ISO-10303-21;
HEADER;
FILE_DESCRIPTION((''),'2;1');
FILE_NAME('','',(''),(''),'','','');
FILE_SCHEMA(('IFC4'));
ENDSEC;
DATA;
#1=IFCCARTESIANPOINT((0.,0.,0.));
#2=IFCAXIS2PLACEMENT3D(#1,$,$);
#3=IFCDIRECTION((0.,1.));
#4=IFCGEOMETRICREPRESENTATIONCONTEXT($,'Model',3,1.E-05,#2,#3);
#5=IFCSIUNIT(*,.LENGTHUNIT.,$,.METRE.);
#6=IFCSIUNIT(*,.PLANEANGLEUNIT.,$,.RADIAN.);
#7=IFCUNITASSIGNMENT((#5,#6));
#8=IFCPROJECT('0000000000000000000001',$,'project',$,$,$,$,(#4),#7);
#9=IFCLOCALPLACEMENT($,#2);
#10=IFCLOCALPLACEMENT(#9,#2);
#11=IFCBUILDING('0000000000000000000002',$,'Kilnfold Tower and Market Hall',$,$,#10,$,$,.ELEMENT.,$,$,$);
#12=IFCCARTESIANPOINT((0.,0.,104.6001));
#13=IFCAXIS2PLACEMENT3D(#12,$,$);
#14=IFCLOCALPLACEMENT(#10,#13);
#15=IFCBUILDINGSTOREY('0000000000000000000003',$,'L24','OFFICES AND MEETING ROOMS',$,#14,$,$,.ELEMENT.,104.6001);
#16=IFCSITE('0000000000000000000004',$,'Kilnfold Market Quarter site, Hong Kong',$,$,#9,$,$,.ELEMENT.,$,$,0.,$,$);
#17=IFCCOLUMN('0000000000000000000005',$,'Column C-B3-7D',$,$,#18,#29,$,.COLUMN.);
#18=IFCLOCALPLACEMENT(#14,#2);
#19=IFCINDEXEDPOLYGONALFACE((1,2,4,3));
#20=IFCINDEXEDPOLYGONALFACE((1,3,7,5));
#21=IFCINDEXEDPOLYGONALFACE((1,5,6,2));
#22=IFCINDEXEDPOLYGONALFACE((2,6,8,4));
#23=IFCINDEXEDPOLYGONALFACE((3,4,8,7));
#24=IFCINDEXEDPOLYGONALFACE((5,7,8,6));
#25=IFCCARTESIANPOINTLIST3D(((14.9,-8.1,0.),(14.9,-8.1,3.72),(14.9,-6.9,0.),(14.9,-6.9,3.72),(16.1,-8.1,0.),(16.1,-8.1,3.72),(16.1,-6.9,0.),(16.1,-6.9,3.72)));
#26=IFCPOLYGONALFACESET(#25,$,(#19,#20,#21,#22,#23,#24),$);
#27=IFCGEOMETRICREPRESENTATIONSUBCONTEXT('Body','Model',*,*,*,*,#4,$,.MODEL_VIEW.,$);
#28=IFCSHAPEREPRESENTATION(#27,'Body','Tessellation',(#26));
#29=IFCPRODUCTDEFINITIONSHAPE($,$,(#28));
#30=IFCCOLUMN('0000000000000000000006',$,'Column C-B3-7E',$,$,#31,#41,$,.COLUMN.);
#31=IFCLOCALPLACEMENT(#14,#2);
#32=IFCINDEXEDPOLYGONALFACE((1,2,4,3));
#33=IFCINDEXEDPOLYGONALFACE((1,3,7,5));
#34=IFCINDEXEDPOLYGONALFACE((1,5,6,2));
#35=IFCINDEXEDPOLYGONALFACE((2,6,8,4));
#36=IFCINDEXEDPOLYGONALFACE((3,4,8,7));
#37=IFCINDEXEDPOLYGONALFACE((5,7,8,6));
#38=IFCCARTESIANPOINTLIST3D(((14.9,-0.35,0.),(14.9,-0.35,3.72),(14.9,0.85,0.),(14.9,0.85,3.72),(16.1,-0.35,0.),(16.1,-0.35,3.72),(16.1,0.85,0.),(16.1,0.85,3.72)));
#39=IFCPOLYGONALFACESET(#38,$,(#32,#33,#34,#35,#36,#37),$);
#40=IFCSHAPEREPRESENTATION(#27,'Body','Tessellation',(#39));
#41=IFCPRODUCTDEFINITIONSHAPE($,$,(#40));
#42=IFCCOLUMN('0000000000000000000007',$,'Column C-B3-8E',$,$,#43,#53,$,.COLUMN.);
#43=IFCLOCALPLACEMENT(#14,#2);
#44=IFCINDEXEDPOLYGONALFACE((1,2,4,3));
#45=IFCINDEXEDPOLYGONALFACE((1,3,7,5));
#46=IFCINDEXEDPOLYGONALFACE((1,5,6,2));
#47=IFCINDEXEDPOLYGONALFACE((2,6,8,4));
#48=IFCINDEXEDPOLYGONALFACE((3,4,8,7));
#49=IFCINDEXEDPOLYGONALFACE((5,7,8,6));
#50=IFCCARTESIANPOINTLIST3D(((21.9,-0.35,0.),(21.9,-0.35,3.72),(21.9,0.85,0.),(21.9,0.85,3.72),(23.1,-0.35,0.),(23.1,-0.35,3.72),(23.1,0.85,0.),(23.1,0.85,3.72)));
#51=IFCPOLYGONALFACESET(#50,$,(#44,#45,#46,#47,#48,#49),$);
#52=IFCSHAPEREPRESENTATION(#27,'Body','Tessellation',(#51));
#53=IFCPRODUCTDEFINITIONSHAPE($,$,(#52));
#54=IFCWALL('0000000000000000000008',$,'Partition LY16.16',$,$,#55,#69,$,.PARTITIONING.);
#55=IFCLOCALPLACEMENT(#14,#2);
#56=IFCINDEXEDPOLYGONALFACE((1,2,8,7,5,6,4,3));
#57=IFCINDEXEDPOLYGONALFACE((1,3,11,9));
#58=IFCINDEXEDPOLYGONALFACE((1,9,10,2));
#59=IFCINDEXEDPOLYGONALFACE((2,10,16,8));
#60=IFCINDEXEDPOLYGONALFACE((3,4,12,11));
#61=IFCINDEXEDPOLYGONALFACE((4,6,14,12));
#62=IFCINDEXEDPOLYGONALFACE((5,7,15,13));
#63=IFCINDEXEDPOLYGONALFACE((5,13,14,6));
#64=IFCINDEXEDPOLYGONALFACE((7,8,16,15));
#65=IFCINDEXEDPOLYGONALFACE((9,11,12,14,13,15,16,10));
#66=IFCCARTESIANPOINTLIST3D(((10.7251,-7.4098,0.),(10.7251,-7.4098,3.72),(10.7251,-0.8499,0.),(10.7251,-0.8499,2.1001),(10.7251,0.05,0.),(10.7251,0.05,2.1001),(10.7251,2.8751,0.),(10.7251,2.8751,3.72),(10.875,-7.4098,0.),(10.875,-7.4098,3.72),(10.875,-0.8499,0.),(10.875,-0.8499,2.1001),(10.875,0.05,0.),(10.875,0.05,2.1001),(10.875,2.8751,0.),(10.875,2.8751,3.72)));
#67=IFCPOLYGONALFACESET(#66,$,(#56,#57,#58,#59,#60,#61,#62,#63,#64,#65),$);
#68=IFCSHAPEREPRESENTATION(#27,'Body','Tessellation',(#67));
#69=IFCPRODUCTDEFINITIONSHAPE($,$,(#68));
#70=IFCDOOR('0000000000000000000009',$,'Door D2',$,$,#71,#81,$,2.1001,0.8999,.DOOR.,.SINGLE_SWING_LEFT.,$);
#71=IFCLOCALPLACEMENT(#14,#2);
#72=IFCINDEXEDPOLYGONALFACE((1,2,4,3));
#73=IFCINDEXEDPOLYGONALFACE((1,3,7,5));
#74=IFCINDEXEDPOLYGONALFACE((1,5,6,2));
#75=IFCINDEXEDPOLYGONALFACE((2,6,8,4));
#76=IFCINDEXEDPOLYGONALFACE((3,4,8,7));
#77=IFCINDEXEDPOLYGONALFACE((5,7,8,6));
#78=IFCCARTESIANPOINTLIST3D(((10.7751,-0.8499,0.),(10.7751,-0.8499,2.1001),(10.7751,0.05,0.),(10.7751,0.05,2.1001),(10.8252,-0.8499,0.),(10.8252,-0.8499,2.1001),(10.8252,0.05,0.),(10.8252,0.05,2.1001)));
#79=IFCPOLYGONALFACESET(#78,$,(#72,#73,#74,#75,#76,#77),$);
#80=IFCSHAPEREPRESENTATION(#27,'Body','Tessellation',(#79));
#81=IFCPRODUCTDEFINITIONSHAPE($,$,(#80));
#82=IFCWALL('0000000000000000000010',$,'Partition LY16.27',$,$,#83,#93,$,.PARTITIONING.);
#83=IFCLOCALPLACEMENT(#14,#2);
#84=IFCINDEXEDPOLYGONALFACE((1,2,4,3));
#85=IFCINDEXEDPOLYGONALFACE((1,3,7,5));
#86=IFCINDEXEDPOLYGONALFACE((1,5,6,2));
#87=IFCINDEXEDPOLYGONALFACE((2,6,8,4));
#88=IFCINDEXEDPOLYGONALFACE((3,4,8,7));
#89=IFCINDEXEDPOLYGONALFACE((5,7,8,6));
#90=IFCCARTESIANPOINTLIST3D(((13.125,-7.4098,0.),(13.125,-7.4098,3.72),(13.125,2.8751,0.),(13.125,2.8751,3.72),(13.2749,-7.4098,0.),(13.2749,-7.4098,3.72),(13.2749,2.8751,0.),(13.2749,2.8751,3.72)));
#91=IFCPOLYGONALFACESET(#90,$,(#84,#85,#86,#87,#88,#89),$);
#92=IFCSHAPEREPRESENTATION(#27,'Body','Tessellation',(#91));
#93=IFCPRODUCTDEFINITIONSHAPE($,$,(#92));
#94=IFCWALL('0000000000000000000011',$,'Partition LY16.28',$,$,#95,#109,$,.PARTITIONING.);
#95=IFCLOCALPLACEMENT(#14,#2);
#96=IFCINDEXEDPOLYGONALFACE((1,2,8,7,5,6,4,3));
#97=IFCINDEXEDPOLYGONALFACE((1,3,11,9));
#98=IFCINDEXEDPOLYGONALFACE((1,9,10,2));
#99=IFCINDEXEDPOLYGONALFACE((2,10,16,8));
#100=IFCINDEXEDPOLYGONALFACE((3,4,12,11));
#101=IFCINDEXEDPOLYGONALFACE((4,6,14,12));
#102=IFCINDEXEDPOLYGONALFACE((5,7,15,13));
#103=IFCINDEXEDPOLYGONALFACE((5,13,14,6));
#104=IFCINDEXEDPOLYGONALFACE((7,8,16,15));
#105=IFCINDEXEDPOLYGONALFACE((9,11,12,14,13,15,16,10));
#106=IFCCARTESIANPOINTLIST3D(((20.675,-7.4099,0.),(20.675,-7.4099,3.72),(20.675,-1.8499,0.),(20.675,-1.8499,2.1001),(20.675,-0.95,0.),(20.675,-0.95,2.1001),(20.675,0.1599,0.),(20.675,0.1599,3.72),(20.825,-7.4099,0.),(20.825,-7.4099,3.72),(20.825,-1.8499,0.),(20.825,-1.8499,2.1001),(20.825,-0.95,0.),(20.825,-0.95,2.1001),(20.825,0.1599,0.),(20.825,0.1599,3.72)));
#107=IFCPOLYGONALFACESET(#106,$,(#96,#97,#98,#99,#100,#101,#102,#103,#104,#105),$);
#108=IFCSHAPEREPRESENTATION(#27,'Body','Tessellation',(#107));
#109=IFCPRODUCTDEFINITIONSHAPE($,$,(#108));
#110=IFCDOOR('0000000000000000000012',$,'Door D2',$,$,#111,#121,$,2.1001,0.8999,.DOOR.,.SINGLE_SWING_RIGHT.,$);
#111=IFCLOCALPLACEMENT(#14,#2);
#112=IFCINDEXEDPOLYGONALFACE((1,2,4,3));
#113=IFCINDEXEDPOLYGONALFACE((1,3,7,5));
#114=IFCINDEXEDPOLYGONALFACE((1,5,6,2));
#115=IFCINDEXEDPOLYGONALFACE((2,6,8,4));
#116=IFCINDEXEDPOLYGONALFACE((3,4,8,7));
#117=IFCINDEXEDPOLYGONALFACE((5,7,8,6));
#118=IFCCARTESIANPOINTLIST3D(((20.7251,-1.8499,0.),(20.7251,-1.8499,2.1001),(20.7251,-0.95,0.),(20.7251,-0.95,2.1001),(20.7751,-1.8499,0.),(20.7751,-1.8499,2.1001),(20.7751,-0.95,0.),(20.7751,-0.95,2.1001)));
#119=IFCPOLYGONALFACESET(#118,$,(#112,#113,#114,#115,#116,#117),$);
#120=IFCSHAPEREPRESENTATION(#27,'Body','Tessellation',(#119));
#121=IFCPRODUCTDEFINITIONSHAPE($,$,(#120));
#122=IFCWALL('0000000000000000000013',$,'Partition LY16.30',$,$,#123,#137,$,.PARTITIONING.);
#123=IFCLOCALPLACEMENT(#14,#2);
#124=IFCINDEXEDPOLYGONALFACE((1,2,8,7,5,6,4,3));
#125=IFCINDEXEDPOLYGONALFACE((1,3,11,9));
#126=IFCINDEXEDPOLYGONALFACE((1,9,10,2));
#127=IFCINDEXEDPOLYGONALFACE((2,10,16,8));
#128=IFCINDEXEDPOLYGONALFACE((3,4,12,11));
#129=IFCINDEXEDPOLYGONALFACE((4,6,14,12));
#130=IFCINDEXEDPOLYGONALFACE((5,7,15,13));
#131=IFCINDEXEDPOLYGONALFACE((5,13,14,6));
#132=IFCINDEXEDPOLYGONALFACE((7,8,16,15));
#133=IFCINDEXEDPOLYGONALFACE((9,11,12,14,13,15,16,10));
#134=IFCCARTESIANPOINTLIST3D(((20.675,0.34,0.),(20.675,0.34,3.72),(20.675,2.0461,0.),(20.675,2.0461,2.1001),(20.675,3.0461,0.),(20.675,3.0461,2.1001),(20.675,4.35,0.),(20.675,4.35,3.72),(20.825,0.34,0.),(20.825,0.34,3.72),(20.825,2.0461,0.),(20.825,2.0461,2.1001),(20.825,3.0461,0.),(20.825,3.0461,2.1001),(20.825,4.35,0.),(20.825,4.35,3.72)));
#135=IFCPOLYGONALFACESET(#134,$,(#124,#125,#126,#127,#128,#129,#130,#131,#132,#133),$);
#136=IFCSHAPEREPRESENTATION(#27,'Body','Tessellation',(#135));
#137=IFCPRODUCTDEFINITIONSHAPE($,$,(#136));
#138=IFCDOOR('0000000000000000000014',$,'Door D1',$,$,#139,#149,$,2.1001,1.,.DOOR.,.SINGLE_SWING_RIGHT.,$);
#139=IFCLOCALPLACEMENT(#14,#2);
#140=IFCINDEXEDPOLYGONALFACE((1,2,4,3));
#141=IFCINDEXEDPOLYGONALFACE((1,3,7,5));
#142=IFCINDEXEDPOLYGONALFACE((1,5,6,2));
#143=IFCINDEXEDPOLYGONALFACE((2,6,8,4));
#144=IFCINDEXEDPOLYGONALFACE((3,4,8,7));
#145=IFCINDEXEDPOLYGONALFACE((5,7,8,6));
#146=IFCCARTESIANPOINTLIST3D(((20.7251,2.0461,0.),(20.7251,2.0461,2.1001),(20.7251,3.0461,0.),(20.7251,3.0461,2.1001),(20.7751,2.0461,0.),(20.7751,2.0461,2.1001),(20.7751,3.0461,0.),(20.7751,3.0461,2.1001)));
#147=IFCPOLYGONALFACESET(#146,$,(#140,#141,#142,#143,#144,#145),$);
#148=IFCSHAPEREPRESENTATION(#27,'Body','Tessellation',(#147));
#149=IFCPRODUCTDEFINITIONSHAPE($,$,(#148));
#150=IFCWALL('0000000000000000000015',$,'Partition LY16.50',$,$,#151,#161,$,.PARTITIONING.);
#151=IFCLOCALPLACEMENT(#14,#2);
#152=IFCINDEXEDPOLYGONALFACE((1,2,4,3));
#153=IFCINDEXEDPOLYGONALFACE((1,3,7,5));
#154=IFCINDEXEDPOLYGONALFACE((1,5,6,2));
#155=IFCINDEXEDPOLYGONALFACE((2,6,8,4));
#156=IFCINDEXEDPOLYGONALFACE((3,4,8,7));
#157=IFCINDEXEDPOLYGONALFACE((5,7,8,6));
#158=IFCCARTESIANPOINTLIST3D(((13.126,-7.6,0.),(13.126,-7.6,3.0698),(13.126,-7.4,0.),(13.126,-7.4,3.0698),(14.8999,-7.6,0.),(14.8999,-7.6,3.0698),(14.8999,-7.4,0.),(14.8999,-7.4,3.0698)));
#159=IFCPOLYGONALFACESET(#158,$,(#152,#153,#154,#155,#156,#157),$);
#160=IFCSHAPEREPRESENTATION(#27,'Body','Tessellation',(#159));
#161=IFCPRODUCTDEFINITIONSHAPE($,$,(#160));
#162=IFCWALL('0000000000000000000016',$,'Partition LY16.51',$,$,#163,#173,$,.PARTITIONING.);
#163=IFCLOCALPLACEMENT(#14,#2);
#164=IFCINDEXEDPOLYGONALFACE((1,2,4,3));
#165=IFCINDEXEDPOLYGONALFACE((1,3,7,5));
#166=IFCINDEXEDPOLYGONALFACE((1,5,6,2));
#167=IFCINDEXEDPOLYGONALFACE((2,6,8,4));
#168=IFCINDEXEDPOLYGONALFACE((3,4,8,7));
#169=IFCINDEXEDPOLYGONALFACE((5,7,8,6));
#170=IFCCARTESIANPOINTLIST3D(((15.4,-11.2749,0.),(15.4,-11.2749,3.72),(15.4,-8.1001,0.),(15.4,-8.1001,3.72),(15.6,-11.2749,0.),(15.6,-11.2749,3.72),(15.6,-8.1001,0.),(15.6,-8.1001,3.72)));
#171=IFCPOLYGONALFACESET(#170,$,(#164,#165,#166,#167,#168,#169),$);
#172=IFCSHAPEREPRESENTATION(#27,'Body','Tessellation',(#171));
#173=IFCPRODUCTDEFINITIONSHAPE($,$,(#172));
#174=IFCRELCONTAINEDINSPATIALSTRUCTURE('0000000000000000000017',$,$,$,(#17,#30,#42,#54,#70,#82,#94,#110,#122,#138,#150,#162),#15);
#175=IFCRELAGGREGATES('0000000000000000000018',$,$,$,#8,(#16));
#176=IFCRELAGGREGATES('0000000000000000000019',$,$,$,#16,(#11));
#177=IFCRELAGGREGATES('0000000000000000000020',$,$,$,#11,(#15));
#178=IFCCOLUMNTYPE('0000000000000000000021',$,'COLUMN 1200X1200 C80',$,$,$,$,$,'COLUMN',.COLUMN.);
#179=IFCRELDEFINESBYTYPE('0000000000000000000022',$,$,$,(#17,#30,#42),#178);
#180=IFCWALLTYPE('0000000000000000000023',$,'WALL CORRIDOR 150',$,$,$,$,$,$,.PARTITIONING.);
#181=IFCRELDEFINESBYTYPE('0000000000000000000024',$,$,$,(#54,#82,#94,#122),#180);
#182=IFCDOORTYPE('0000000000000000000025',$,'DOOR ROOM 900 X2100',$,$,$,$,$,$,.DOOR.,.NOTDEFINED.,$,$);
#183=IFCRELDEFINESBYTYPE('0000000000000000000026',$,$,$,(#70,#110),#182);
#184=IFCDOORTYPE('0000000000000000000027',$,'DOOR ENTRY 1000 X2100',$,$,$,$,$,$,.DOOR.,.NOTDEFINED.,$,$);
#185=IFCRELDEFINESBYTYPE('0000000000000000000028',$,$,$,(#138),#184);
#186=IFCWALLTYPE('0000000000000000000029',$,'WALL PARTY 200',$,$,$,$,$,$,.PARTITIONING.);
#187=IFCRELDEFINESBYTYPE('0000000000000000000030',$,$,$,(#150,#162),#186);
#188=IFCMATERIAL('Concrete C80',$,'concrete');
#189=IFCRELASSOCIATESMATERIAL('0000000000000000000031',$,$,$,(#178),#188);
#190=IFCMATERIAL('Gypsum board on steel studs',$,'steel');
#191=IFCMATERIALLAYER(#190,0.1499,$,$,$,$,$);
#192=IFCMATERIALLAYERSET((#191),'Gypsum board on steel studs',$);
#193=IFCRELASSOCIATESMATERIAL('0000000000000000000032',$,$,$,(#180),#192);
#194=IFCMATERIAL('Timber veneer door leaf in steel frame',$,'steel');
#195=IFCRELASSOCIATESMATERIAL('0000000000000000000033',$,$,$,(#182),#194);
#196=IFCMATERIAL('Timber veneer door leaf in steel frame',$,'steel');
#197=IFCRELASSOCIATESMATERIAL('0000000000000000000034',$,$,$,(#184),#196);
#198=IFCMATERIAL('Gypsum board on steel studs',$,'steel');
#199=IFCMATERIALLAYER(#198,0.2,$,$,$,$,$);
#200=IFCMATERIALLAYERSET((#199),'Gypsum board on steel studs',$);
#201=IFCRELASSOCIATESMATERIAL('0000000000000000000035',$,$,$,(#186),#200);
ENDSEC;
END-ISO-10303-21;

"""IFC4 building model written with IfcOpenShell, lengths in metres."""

from ifc_helpers import new_model, si_unit, direction, frame, frame_2d, origin, origin_2d, place, context, subcontext, project, spatial, rectangle, extrude, source, transform, mapped, material, layer, layer_set, material_profile, profile_set, type_object, element, fill, save


model = new_model("IFC4")

# Units and contexts
model_context = context("Model", 3, precision=1e-05, world=origin(), true_north=direction((0.0, 1.0)))
body_context = subcontext(model_context, "Body", "Model", "MODEL_VIEW")
ifc_project = project(units=[si_unit("LENGTHUNIT", "METRE"), si_unit("PLANEANGLEUNIT", "RADIAN")], contexts=[model_context])

# Site, building, storey
site_placement = place(None, origin())
site = spatial("IfcSite", under=ifc_project, at=site_placement, Name="Kilnfold Market Quarter site, Hong Kong", CompositionType="ELEMENT", RefElevation=0.0)
building_placement = place(site_placement, origin())
building = spatial("IfcBuilding", under=site, at=building_placement, Name="Kilnfold Tower and Market Hall", CompositionType="ELEMENT")
storey_placement = place(building_placement, frame((0.0, 0.0, 104.6001)))
storey = spatial("IfcBuildingStorey", under=building, at=storey_placement, Name="L24", Description="OFFICES AND MEETING ROOMS", CompositionType="ELEMENT", Elevation=104.6001)

# Columns
ifc_material_1 = material(Name="Concrete C80", Category="concrete")
ifc_material_profile = material_profile(ifc_material_1, rectangle(XDim=1.2, YDim=1.2, at=origin_2d()), Name="RC 1200x1200")
ifc_profile_set = profile_set([ifc_material_profile], Name="Concrete C80")
column_type = type_object("IfcColumnType", Name="COLUMN 1200X1200 C80", ElementType="COLUMN", PredefinedType="COLUMN", material=ifc_profile_set)
shared_shape_1 = source(origin(), body_context, "Body", "SweptSolid", [
    extrude(rectangle(XDim=1.2, YDim=1.2, at=origin_2d()), origin(), (0.0, 0.0, 1.0), 3.72),
])
for number, where, z_axis, x_axis, name in (
    (1, (15.5, -7.5, 0.0), (0.0, 0.0, 1.0), (1.0, 0.0, 0.0), "Column C-B3-7D"),
    (2, (15.5, 0.25, 0.0), (0.0, 0.0, 1.0), (1.0, 0.0, 0.0), "Column C-B3-7E"),
    (3, (22.5, 0.25, 0.0), (0.0, 0.0, 1.0), (1.0, 0.0, 0.0), "Column C-B3-8E"),
):
    element("IfcColumn", number, at=place(storey_placement, frame(where, z_axis=z_axis, x_axis=x_axis)), inside=storey, type_object=column_type, Name=name, PredefinedType="COLUMN", context=body_context, shape_type="MappedRepresentation", body=[
        mapped(shared_shape_1, transform((0.0, 0.0, 0.0))),
    ])

# Wall, opening, door
ifc_material_2 = material(Name="Gypsum board on steel studs", Category="steel")
ifc_layer_1 = layer(ifc_material_2, 0.1499)
ifc_layer_set_1 = layer_set([ifc_layer_1], Name="Gypsum board on steel studs")
wall_type_1 = type_object("IfcWallType", Name="WALL CORRIDOR 150", PredefinedType="PARTITIONING", material=ifc_layer_set_1)
wall_1_placement = place(storey_placement, frame((10.8, -7.4099, 0.0), z_axis=(0.0, 0.0, 1.0), x_axis=(0.0, 1.0, 0.0)))
wall_1 = element("IfcWall", 4, at=wall_1_placement, inside=storey, type_object=wall_type_1, Name="Partition LY16.16", PredefinedType="PARTITIONING", context=body_context, shape_type="SweptSolid", body=[
    extrude(rectangle(XDim=10.2849, YDim=0.1499, at=frame_2d((5.1426, 0.0))), origin(), (0.0, 0.0, 1.0), 3.72),
])
opening_1_placement = place(wall_1_placement, frame((6.5601, 0.0, 0.0)))
opening_1 = element("IfcOpeningElement", 5, at=opening_1_placement, cuts=wall_1, PredefinedType="OPENING", context=body_context, shape_type="SweptSolid", body=[
    extrude(rectangle(XDim=0.8999, YDim=2.1001, at=frame_2d((0.45, 1.05))), frame((0.0, 0.085, 0.0), z_axis=(0.0, -1.0, 0.0), x_axis=(1.0, 0.0, 0.0)), (0.0, 0.0, 1.0), 0.1699),
])
ifc_material_3 = material(Name="Timber veneer door leaf in steel frame", Category="steel")
door_type_1 = type_object("IfcDoorType", Name="DOOR ROOM 900 X2100", OperationType="NOTDEFINED", PredefinedType="DOOR", material=ifc_material_3)
door_1_placement = place(opening_1_placement, origin())
door_1 = element("IfcDoor", 6, at=door_1_placement, inside=storey, type_object=door_type_1, Name="Door D2", OperationType="SINGLE_SWING_LEFT", OverallHeight=2.1001, OverallWidth=0.8999, PredefinedType="DOOR", context=body_context, shape_type="SweptSolid", body=[
    extrude(rectangle(XDim=0.8999, YDim=2.1001, at=frame_2d((0.45, 1.05))), frame((0.0, 0.0249, 0.0), z_axis=(0.0, -1.0, 0.0), x_axis=(1.0, 0.0, 0.0)), (0.0, 0.0, 1.0), 0.05),
])
fill(opening_1, door_1)

# Wall
wall_2_placement = place(storey_placement, frame((13.2, -7.4099, 0.0), z_axis=(0.0, 0.0, 1.0), x_axis=(0.0, 1.0, 0.0)))
element("IfcWall", 7, at=wall_2_placement, inside=storey, type_object=wall_type_1, Name="Partition LY16.27", PredefinedType="PARTITIONING", context=body_context, shape_type="SweptSolid", body=[
    extrude(rectangle(XDim=10.2849, YDim=0.1499, at=frame_2d((5.1426, 0.0))), origin(), (0.0, 0.0, 1.0), 3.72),
])

# Walls, openings, doors
wall_3_placement = place(storey_placement, frame((20.75, -7.4099, 0.0), z_axis=(0.0, 0.0, 1.0), x_axis=(0.0, 1.0, 0.0)))
wall_3 = element("IfcWall", 8, at=wall_3_placement, inside=storey, type_object=wall_type_1, Name="Partition LY16.28", PredefinedType="PARTITIONING", context=body_context, shape_type="SweptSolid", body=[
    extrude(rectangle(XDim=7.5698, YDim=0.1499, at=frame_2d((3.7849, 0.0))), origin(), (0.0, 0.0, 1.0), 3.72),
])
opening_2_placement = place(wall_3_placement, frame((5.5601, 0.0, 0.0)))
opening_2 = element("IfcOpeningElement", 9, at=opening_2_placement, cuts=wall_3, PredefinedType="OPENING", context=body_context, shape_type="SweptSolid", body=[
    extrude(rectangle(XDim=0.8999, YDim=2.1001, at=frame_2d((0.45, 1.05))), frame((0.0, 0.085, 0.0), z_axis=(0.0, -1.0, 0.0), x_axis=(1.0, 0.0, 0.0)), (0.0, 0.0, 1.0), 0.1699),
])
door_2_placement = place(opening_2_placement, origin())
door_2 = element("IfcDoor", 10, at=door_2_placement, inside=storey, type_object=door_type_1, Name="Door D2", OperationType="SINGLE_SWING_RIGHT", OverallHeight=2.1001, OverallWidth=0.8999, PredefinedType="DOOR", context=body_context, shape_type="SweptSolid", body=[
    extrude(rectangle(XDim=0.8999, YDim=2.1001, at=frame_2d((0.45, 1.05))), frame((0.0, 0.0249, 0.0), z_axis=(0.0, -1.0, 0.0), x_axis=(1.0, 0.0, 0.0)), (0.0, 0.0, 1.0), 0.05),
])
fill(opening_2, door_2)
wall_4_placement = place(storey_placement, frame((20.75, 0.3401, 0.0), z_axis=(0.0, 0.0, 1.0), x_axis=(0.0, 1.0, 0.0)))
wall_4 = element("IfcWall", 11, at=wall_4_placement, inside=storey, type_object=wall_type_1, Name="Partition LY16.30", PredefinedType="PARTITIONING", context=body_context, shape_type="SweptSolid", body=[
    extrude(rectangle(XDim=4.01, YDim=0.1499, at=frame_2d((2.0049, 0.0))), origin(), (0.0, 0.0, 1.0), 3.72),
])
opening_3_placement = place(wall_4_placement, frame((1.7061, 0.0, 0.0)))
opening_3 = element("IfcOpeningElement", 12, at=opening_3_placement, cuts=wall_4, PredefinedType="OPENING", context=body_context, shape_type="SweptSolid", body=[
    extrude(rectangle(XDim=1.0, YDim=2.1001, at=frame_2d((0.5, 1.05))), frame((0.0, 0.085, 0.0), z_axis=(0.0, -1.0, 0.0), x_axis=(1.0, 0.0, 0.0)), (0.0, 0.0, 1.0), 0.1699),
])
ifc_material_4 = material(Name="Timber veneer door leaf in steel frame", Category="steel")
door_type_2 = type_object("IfcDoorType", Name="DOOR ENTRY 1000 X2100", OperationType="NOTDEFINED", PredefinedType="DOOR", material=ifc_material_4)
door_3_placement = place(opening_3_placement, origin())
door_3 = element("IfcDoor", 13, at=door_3_placement, inside=storey, type_object=door_type_2, Name="Door D1", OperationType="SINGLE_SWING_RIGHT", OverallHeight=2.1001, OverallWidth=1.0, PredefinedType="DOOR", context=body_context, shape_type="SweptSolid", body=[
    extrude(rectangle(XDim=1.0, YDim=2.1001, at=frame_2d((0.5, 1.05))), frame((0.0, 0.0249, 0.0), z_axis=(0.0, -1.0, 0.0), x_axis=(1.0, 0.0, 0.0)), (0.0, 0.0, 1.0), 0.05),
])
fill(opening_3, door_3)

# Walls
ifc_material_5 = material(Name="Gypsum board on steel studs", Category="steel")
ifc_layer_2 = layer(ifc_material_5, 0.2)
ifc_layer_set_2 = layer_set([ifc_layer_2], Name="Gypsum board on steel studs")
wall_type_2 = type_object("IfcWallType", Name="WALL PARTY 200", PredefinedType="PARTITIONING", material=ifc_layer_set_2)
wall_5_placement = place(storey_placement, frame((13.126, -7.5, 0.0), z_axis=(0.0, 0.0, 1.0), x_axis=(1.0, 0.0, 0.0)))
element("IfcWall", 14, at=wall_5_placement, inside=storey, type_object=wall_type_2, Name="Partition LY16.50", PredefinedType="PARTITIONING", context=body_context, shape_type="SweptSolid", body=[
    extrude(rectangle(XDim=1.7739, YDim=0.2, at=frame_2d((0.887, 0.0))), origin(), (0.0, 0.0, 1.0), 3.0698),
])
wall_6_placement = place(storey_placement, frame((15.5, -11.2749, 0.0), z_axis=(0.0, 0.0, 1.0), x_axis=(0.0, 1.0, 0.0)))
element("IfcWall", 15, at=wall_6_placement, inside=storey, type_object=wall_type_2, Name="Partition LY16.51", PredefinedType="PARTITIONING", context=body_context, shape_type="SweptSolid", body=[
    extrude(rectangle(XDim=3.1748, YDim=0.2, at=frame_2d((1.5874, 0.0))), origin(), (0.0, 0.0, 1.0), 3.72),
])

save(model, "model.ifc")
